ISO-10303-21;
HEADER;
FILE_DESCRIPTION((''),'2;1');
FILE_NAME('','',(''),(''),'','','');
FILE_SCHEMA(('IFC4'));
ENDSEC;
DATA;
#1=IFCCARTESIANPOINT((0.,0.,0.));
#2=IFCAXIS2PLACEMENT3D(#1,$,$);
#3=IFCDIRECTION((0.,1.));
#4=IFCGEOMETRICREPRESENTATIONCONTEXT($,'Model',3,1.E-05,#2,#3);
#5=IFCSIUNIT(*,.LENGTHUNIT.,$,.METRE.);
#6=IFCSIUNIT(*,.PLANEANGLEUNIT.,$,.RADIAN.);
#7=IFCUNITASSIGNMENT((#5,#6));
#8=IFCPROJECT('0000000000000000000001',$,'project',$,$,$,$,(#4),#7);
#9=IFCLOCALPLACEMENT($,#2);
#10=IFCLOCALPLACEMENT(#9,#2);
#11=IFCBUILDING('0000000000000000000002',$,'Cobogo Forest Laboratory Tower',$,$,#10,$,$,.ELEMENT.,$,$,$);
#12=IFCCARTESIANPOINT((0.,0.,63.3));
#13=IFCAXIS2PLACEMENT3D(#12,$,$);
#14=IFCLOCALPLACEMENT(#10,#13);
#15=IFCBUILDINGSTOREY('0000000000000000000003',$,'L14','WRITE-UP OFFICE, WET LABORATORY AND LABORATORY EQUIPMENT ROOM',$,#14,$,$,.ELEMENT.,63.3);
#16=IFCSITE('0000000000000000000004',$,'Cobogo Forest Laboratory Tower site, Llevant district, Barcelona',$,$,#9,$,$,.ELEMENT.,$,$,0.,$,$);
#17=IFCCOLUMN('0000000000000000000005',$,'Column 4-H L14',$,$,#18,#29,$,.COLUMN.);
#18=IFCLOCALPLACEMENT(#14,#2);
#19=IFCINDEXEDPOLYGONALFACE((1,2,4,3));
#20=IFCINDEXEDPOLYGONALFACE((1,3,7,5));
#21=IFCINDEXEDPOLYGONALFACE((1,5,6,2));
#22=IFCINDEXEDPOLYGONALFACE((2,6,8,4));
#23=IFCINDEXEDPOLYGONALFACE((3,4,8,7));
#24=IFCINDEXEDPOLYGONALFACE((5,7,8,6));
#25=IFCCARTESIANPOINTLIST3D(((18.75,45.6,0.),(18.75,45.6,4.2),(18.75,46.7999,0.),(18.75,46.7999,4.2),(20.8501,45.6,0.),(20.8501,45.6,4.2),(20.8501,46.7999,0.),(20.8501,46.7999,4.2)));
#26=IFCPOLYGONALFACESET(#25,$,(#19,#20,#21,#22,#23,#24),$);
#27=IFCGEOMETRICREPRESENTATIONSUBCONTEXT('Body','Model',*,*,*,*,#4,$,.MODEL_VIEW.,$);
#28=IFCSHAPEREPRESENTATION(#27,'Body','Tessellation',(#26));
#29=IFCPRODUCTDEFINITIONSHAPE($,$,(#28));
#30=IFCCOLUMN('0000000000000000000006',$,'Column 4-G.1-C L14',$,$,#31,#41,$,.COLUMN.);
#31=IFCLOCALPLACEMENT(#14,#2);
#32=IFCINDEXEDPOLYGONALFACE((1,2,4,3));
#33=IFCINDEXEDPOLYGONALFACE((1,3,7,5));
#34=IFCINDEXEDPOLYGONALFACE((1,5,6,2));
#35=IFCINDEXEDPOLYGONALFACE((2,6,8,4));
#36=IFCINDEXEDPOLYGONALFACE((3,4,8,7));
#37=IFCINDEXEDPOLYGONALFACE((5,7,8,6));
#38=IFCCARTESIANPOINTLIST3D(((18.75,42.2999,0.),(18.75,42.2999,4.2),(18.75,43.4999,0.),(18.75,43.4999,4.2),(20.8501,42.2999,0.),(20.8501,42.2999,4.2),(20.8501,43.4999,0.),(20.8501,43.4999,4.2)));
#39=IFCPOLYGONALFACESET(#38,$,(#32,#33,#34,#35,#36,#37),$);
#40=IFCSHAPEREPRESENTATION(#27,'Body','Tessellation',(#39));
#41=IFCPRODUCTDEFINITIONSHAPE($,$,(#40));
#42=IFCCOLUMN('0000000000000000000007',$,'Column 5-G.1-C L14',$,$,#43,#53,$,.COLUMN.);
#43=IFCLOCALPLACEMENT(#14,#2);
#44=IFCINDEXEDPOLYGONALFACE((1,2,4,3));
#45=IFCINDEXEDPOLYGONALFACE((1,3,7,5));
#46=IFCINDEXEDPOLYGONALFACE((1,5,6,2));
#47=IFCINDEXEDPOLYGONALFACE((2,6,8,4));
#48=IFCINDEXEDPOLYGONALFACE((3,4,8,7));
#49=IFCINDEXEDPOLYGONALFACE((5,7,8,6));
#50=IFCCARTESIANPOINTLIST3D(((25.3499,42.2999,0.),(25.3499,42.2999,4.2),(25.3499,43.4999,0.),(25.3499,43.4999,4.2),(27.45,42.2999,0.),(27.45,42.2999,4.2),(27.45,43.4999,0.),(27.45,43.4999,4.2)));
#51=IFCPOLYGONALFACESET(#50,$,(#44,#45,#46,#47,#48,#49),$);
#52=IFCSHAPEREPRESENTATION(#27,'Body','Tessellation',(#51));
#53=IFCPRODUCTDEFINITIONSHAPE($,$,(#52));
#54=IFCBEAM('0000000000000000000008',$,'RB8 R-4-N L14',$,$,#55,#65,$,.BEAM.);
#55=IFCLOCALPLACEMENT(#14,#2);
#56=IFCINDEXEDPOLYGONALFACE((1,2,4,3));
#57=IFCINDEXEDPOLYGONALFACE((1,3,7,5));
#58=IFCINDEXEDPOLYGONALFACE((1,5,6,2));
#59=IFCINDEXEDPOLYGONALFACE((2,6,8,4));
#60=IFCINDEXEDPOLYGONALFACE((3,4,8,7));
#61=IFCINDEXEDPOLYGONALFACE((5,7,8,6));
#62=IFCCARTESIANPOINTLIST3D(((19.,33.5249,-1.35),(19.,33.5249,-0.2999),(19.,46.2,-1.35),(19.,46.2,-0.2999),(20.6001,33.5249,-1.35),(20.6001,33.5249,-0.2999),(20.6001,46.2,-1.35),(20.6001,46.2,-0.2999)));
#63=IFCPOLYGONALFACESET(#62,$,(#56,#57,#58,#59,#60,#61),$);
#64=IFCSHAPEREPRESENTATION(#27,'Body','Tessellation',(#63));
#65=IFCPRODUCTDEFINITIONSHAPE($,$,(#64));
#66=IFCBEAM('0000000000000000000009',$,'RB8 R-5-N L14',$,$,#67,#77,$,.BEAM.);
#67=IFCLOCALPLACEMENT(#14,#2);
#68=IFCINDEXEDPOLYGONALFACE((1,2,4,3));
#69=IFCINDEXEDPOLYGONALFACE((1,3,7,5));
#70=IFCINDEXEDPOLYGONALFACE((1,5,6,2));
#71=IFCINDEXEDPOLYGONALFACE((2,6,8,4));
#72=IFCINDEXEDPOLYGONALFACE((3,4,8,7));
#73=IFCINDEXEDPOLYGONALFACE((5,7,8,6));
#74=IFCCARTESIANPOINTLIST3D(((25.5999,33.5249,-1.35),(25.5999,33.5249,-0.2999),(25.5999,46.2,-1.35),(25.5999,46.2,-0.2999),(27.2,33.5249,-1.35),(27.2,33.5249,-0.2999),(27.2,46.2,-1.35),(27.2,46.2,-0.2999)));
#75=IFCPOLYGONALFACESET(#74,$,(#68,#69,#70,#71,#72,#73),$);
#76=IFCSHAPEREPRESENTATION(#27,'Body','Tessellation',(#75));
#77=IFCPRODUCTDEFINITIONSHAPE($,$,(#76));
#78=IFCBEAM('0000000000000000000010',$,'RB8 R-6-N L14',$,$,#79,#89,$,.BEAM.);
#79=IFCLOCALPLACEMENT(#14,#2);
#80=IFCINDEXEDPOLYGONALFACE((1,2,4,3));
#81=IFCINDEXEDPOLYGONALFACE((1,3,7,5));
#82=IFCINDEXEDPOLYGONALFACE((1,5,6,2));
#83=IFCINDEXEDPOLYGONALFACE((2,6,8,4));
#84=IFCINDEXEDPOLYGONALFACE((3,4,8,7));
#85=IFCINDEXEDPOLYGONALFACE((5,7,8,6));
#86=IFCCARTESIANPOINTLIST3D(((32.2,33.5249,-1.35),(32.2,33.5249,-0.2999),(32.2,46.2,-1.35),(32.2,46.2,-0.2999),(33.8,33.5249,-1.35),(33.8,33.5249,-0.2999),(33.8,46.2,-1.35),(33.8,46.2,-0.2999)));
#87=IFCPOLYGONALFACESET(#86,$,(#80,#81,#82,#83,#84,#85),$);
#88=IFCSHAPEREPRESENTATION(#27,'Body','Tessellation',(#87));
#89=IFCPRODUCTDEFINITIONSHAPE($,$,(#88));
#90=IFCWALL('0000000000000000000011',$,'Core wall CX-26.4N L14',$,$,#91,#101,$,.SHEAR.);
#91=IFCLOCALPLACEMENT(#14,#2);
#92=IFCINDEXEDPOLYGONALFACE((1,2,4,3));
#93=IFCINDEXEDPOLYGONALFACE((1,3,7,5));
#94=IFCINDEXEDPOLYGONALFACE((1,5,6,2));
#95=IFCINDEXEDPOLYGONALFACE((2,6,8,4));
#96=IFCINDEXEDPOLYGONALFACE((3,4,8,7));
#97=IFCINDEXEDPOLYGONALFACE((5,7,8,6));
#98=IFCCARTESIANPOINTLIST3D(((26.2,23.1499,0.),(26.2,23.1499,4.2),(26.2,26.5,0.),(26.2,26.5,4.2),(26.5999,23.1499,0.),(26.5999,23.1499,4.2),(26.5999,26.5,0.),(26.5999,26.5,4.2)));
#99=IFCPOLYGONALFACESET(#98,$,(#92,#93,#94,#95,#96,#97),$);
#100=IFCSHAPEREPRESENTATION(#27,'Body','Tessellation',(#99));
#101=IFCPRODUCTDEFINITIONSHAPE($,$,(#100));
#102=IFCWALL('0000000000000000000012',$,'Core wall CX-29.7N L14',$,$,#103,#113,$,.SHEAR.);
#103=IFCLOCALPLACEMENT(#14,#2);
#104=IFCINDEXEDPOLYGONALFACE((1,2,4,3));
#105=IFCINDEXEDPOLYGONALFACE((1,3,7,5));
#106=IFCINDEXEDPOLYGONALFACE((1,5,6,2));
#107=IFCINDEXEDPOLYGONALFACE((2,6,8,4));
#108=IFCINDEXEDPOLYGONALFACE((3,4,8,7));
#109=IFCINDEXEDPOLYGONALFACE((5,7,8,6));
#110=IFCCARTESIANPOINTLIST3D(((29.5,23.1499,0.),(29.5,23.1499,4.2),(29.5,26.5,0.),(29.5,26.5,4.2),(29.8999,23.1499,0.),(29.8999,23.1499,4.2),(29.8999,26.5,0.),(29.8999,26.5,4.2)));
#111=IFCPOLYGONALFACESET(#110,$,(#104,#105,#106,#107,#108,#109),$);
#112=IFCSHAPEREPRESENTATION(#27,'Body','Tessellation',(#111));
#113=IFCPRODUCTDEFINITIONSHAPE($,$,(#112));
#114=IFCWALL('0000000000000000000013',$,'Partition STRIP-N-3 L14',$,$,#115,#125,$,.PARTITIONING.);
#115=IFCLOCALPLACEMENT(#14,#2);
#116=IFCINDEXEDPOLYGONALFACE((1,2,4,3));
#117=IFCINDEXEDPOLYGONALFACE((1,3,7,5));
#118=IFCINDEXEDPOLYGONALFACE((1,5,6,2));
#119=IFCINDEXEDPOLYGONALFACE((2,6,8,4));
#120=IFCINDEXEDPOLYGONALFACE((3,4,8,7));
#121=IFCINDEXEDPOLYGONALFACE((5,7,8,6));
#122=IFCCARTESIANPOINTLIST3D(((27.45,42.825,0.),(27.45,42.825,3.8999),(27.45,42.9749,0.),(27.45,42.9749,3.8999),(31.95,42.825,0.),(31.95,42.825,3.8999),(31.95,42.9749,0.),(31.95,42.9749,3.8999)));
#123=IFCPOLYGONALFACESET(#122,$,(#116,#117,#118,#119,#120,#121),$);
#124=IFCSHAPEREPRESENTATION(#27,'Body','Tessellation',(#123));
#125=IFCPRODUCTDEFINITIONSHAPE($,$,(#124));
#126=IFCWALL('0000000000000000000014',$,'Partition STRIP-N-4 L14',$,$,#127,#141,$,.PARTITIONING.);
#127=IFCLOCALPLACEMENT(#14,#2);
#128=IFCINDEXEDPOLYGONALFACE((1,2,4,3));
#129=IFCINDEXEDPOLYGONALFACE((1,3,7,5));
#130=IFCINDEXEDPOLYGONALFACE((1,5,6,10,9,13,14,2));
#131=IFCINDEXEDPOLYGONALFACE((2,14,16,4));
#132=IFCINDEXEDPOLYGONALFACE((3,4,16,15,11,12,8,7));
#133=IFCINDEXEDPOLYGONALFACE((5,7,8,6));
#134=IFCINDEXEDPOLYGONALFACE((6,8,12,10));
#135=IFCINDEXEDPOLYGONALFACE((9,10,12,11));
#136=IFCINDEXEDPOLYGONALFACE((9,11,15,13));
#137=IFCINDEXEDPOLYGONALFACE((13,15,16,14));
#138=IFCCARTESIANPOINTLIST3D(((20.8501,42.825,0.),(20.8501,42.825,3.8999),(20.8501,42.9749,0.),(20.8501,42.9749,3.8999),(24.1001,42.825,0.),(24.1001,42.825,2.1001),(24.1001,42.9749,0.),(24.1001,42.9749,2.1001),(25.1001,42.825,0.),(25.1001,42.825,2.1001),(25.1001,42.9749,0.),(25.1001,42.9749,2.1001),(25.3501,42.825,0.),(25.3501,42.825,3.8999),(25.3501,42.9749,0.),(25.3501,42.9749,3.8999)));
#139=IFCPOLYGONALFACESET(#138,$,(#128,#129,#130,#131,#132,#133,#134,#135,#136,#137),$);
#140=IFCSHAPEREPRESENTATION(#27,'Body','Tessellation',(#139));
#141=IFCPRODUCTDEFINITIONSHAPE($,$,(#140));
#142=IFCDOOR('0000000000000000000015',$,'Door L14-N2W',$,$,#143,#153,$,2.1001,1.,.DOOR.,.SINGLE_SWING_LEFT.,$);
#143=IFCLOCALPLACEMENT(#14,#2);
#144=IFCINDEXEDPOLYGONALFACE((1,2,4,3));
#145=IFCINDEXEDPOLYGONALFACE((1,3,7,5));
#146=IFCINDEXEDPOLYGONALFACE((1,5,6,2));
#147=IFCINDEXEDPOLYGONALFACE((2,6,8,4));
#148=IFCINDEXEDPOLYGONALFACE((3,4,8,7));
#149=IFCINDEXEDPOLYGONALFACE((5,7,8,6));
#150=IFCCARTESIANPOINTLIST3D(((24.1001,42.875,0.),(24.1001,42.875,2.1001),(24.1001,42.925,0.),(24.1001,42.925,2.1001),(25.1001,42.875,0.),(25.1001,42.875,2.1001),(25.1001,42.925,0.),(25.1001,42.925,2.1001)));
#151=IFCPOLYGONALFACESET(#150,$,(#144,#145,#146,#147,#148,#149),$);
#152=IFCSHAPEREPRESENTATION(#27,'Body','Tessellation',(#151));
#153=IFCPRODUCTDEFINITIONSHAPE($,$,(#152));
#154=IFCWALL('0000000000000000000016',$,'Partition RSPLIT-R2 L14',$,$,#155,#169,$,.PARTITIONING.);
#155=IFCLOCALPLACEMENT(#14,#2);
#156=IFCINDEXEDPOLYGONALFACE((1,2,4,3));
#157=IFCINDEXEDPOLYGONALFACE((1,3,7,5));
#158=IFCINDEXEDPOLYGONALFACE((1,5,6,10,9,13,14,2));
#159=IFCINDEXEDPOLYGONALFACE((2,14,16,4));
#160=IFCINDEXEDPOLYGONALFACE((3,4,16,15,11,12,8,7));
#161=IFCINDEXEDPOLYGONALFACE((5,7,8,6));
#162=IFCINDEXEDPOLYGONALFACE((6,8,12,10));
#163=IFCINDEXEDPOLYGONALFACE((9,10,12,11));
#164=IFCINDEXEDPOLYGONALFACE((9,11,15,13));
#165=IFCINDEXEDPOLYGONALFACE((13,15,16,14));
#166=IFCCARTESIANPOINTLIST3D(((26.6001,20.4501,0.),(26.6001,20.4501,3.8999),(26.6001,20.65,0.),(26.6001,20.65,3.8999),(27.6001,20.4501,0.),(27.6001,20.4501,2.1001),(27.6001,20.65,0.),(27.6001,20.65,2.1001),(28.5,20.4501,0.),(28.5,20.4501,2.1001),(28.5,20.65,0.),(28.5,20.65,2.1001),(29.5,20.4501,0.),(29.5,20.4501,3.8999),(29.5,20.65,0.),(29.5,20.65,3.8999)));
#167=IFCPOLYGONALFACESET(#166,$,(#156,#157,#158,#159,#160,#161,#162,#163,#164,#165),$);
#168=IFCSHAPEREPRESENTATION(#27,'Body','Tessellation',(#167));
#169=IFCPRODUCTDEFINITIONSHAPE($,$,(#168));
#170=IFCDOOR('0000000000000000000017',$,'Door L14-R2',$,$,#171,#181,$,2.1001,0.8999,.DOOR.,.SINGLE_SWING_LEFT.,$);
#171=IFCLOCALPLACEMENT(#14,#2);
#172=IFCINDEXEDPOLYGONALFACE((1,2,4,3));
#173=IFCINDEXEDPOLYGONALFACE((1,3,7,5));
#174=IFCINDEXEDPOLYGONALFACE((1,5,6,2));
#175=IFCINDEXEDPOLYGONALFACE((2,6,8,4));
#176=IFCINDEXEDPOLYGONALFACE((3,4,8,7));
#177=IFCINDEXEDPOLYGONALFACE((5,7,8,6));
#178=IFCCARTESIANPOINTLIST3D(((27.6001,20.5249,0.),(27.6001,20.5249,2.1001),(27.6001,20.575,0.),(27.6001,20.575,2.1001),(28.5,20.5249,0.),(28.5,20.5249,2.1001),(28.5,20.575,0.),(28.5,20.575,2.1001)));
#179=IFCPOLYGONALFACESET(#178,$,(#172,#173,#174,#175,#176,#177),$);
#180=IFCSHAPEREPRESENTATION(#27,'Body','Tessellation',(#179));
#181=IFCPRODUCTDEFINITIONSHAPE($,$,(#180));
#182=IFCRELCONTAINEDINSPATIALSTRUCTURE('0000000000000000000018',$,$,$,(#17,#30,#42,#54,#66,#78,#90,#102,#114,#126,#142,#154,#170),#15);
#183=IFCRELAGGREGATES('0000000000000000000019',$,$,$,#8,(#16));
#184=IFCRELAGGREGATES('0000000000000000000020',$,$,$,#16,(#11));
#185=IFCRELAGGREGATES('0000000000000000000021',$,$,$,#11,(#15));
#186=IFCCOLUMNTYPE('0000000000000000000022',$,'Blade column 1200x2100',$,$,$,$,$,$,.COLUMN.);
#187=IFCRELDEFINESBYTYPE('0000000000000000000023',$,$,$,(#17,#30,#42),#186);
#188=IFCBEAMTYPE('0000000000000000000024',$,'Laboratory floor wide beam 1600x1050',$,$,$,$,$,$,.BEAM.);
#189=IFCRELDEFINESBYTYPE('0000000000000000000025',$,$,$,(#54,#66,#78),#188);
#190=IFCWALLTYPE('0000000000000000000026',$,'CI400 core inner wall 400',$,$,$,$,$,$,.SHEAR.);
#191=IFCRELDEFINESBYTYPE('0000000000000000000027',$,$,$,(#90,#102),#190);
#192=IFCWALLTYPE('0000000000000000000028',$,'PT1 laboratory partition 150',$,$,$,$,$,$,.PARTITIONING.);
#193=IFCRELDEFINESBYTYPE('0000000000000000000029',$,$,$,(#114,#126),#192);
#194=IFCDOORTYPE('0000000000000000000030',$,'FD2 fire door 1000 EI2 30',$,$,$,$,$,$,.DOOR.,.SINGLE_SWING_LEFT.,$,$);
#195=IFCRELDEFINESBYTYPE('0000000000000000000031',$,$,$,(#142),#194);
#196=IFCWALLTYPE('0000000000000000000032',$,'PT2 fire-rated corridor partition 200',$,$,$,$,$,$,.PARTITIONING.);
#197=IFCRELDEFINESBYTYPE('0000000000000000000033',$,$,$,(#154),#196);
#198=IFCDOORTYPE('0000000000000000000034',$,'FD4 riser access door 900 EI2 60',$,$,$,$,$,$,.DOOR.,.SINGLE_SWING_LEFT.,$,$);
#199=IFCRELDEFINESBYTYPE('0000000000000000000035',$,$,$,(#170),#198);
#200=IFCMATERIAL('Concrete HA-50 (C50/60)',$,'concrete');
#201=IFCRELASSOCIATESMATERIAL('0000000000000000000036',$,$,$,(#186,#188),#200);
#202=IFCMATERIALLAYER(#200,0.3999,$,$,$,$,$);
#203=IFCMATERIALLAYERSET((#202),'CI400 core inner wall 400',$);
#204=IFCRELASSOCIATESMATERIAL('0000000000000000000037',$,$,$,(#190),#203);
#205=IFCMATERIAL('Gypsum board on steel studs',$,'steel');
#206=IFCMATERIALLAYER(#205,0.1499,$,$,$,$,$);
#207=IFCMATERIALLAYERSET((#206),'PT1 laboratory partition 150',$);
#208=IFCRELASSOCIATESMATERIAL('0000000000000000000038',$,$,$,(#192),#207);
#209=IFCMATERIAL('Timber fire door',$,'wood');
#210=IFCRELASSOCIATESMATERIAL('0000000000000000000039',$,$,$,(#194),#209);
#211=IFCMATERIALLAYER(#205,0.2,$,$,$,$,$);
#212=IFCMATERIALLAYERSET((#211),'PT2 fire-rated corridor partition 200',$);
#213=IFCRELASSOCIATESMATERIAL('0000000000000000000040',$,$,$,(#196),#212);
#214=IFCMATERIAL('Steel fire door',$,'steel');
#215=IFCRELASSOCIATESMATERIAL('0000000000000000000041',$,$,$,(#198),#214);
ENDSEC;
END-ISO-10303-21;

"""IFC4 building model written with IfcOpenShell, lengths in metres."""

from ifc_helpers import new_model, si_unit, direction, frame, frame_2d, origin, origin_2d, place, context, subcontext, project, spatial, rectangle, extrude, material, layer, layer_set, material_profile, profile_set, type_object, element, fill, save


model = new_model("IFC4")

# Units and contexts
model_context = context("Model", 3, precision=1e-05, world=origin(), true_north=direction((0.0, 1.0)))
body_context = subcontext(model_context, "Body", "Model", "MODEL_VIEW")
ifc_project = project(units=[si_unit("LENGTHUNIT", "METRE"), si_unit("PLANEANGLEUNIT", "RADIAN")], contexts=[model_context])

# Site, building, storey
site_placement = place(None, origin())
site = spatial("IfcSite", under=ifc_project, at=site_placement, Name="Cobogo Forest Laboratory Tower site, Llevant district, Barcelona", CompositionType="ELEMENT", RefElevation=0.0)
building_placement = place(site_placement, origin())
building = spatial("IfcBuilding", under=site, at=building_placement, Name="Cobogo Forest Laboratory Tower", CompositionType="ELEMENT")
storey_placement = place(building_placement, frame((0.0, 0.0, 63.3)))
storey = spatial("IfcBuildingStorey", under=building, at=storey_placement, Name="L14", Description="WRITE-UP OFFICE, WET LABORATORY AND LABORATORY EQUIPMENT ROOM", CompositionType="ELEMENT", Elevation=63.3)

# Columns
ifc_material_1 = material(Name="Concrete HA-50 (C50/60)", Category="concrete")
ifc_material_profile_1 = material_profile(ifc_material_1, rectangle(XDim=2.1001, YDim=1.2, at=origin_2d()), Name="RC 1200x2100")
ifc_profile_set_1 = profile_set([ifc_material_profile_1], Name="Concrete HA-50 (C50/60)")
column_type = type_object("IfcColumnType", Name="Blade column 1200x2100", PredefinedType="COLUMN", material=ifc_profile_set_1)
for number, where, z_axis, x_axis, name in (
    (1, (19.8, 46.2, 0.0), (0.0, 0.0, 1.0), (1.0, 0.0, 0.0), "Column 4-H L14"),
    (2, (19.8, 42.8999, 0.0), (0.0, 0.0, 1.0), (1.0, 0.0, 0.0), "Column 4-G.1-C L14"),
    (3, (26.3999, 42.8999, 0.0), (0.0, 0.0, 1.0), (1.0, 0.0, 0.0), "Column 5-G.1-C L14"),
):
    element("IfcColumn", number, at=place(storey_placement, frame(where, z_axis=z_axis, x_axis=x_axis)), inside=storey, type_object=column_type, Name=name, PredefinedType="COLUMN", context=body_context, shape_type="SweptSolid", body=[
        extrude(rectangle(XDim=2.1001, YDim=1.2, at=origin_2d()), origin(), (0.0, 0.0, 1.0), 4.2),
    ])

# Beams
ifc_material_profile_2 = material_profile(ifc_material_1, rectangle(XDim=1.6001, YDim=1.05, at=origin_2d()), Name="RC 1600x1050")
ifc_profile_set_2 = profile_set([ifc_material_profile_2], Name="Concrete HA-50 (C50/60)")
beam_type = type_object("IfcBeamType", Name="Laboratory floor wide beam 1600x1050", PredefinedType="BEAM", material=ifc_profile_set_2)
for number, where, z_axis, x_axis, name in (
    (4, (19.8, 33.5249, -0.825), (0.0, 1.0, 0.0), (-1.0, 0.0, 0.0), "RB8 R-4-N L14"),
    (5, (26.3999, 33.5249, -0.825), (0.0, 1.0, 0.0), (-1.0, 0.0, 0.0), "RB8 R-5-N L14"),
    (6, (33.0, 33.5249, -0.825), (0.0, 1.0, 0.0), (-1.0, 0.0, 0.0), "RB8 R-6-N L14"),
):
    element("IfcBeam", number, at=place(storey_placement, frame(where, z_axis=z_axis, x_axis=x_axis)), inside=storey, type_object=beam_type, Name=name, PredefinedType="BEAM", context=body_context, shape_type="SweptSolid", body=[
        extrude(rectangle(XDim=1.6001, YDim=1.05, at=origin_2d()), origin(), (0.0, 0.0, 1.0), 12.675),
    ])

# Walls
ifc_layer_1 = layer(ifc_material_1, 0.3999)
ifc_layer_set_1 = layer_set([ifc_layer_1], Name="CI400 core inner wall 400")
wall_type_1 = type_object("IfcWallType", Name="CI400 core inner wall 400", PredefinedType="SHEAR", material=ifc_layer_set_1)
for number, where, z_axis, x_axis, name in (
    (7, (26.3999, 23.1499, 0.0), (0.0, 0.0, 1.0), (0.0, 1.0, 0.0), "Core wall CX-26.4N L14"),
    (8, (29.7, 23.1499, 0.0), (0.0, 0.0, 1.0), (0.0, 1.0, 0.0), "Core wall CX-29.7N L14"),
):
    element("IfcWall", number, at=place(storey_placement, frame(where, z_axis=z_axis, x_axis=x_axis)), inside=storey, type_object=wall_type_1, Name=name, PredefinedType="SHEAR", context=body_context, shape_type="SweptSolid", body=[
        extrude(rectangle(XDim=3.3501, YDim=0.3999, at=frame_2d((1.675, 0.0))), origin(), (0.0, 0.0, 1.0), 4.2),
    ])
ifc_material_2 = material(Name="Gypsum board on steel studs", Category="steel")
ifc_layer_2 = layer(ifc_material_2, 0.1499)
ifc_layer_set_2 = layer_set([ifc_layer_2], Name="PT1 laboratory partition 150")
wall_type_2 = type_object("IfcWallType", Name="PT1 laboratory partition 150", PredefinedType="PARTITIONING", material=ifc_layer_set_2)
wall_1_placement = place(storey_placement, frame((31.95, 42.8999, 0.0), z_axis=(0.0, 0.0, 1.0), x_axis=(-1.0, 0.0, 0.0)))
element("IfcWall", 9, at=wall_1_placement, inside=storey, type_object=wall_type_2, Name="Partition STRIP-N-3 L14", PredefinedType="PARTITIONING", context=body_context, shape_type="SweptSolid", body=[
    extrude(rectangle(XDim=4.5, YDim=0.1499, at=frame_2d((2.25, 0.0))), origin(), (0.0, 0.0, 1.0), 3.8999),
])

# Walls, openings, doors
wall_2_placement = place(storey_placement, frame((25.3501, 42.8999, 0.0), z_axis=(0.0, 0.0, 1.0), x_axis=(-1.0, 0.0, 0.0)))
wall_2 = element("IfcWall", 10, at=wall_2_placement, inside=storey, type_object=wall_type_2, Name="Partition STRIP-N-4 L14", PredefinedType="PARTITIONING", context=body_context, shape_type="SweptSolid", body=[
    extrude(rectangle(XDim=4.5, YDim=0.1499, at=frame_2d((2.25, 0.0))), origin(), (0.0, 0.0, 1.0), 3.8999),
])
opening_1_placement = place(wall_2_placement, frame((0.25, 0.0, 0.0)))
opening_1 = element("IfcOpeningElement", 11, at=opening_1_placement, cuts=wall_2, PredefinedType="OPENING", context=body_context, shape_type="SweptSolid", body=[
    extrude(rectangle(XDim=1.0, YDim=2.1001, at=frame_2d((0.5, 1.05))), frame((0.0, 0.085, 0.0), z_axis=(0.0, -1.0, 0.0), x_axis=(1.0, 0.0, 0.0)), (0.0, 0.0, 1.0), 0.1699),
])
ifc_material_3 = material(Name="Timber fire door", Category="wood")
door_type_1 = type_object("IfcDoorType", Name="FD2 fire door 1000 EI2 30", OperationType="SINGLE_SWING_LEFT", PredefinedType="DOOR", material=ifc_material_3)
door_1_placement = place(opening_1_placement, origin())
door_1 = element("IfcDoor", 12, at=door_1_placement, inside=storey, type_object=door_type_1, Name="Door L14-N2W", OperationType="SINGLE_SWING_LEFT", OverallHeight=2.1001, OverallWidth=1.0, PredefinedType="DOOR", context=body_context, shape_type="SweptSolid", body=[
    extrude(rectangle(XDim=1.0, YDim=2.1001, at=frame_2d((0.5, 1.05))), frame((0.0, 0.0249, 0.0), z_axis=(0.0, -1.0, 0.0), x_axis=(1.0, 0.0, 0.0)), (0.0, 0.0, 1.0), 0.05),
])
fill(opening_1, door_1)
ifc_layer_3 = layer(ifc_material_2, 0.2)
ifc_layer_set_3 = layer_set([ifc_layer_3], Name="PT2 fire-rated corridor partition 200")
wall_type_3 = type_object("IfcWallType", Name="PT2 fire-rated corridor partition 200", PredefinedType="PARTITIONING", material=ifc_layer_set_3)
wall_3_placement = place(storey_placement, frame((26.6001, 20.55, 0.0), z_axis=(0.0, 0.0, 1.0), x_axis=(1.0, 0.0, 0.0)))
wall_3 = element("IfcWall", 13, at=wall_3_placement, inside=storey, type_object=wall_type_3, Name="Partition RSPLIT-R2 L14", PredefinedType="PARTITIONING", context=body_context, shape_type="SweptSolid", body=[
    extrude(rectangle(XDim=2.8999, YDim=0.2, at=frame_2d((1.45, 0.0))), origin(), (0.0, 0.0, 1.0), 3.8999),
])
opening_2_placement = place(wall_3_placement, frame((1.0, 0.0, 0.0)))
opening_2 = element("IfcOpeningElement", 14, at=opening_2_placement, cuts=wall_3, PredefinedType="OPENING", context=body_context, shape_type="SweptSolid", body=[
    extrude(rectangle(XDim=0.8999, YDim=2.1001, at=frame_2d((0.45, 1.05))), frame((0.0, 0.1099, 0.0), z_axis=(0.0, -1.0, 0.0), x_axis=(1.0, 0.0, 0.0)), (0.0, 0.0, 1.0), 0.22),
])
ifc_material_4 = material(Name="Steel fire door", Category="steel")
door_type_2 = type_object("IfcDoorType", Name="FD4 riser access door 900 EI2 60", OperationType="SINGLE_SWING_LEFT", PredefinedType="DOOR", material=ifc_material_4)
door_2_placement = place(opening_2_placement, origin())
door_2 = element("IfcDoor", 15, at=door_2_placement, inside=storey, type_object=door_type_2, Name="Door L14-R2", OperationType="SINGLE_SWING_LEFT", OverallHeight=2.1001, OverallWidth=0.8999, PredefinedType="DOOR", context=body_context, shape_type="SweptSolid", body=[
    extrude(rectangle(XDim=0.8999, YDim=2.1001, at=frame_2d((0.45, 1.05))), frame((0.0, 0.0249, 0.0), z_axis=(0.0, -1.0, 0.0), x_axis=(1.0, 0.0, 0.0)), (0.0, 0.0, 1.0), 0.05),
])
fill(opening_2, door_2)

save(model, "model.ifc")
